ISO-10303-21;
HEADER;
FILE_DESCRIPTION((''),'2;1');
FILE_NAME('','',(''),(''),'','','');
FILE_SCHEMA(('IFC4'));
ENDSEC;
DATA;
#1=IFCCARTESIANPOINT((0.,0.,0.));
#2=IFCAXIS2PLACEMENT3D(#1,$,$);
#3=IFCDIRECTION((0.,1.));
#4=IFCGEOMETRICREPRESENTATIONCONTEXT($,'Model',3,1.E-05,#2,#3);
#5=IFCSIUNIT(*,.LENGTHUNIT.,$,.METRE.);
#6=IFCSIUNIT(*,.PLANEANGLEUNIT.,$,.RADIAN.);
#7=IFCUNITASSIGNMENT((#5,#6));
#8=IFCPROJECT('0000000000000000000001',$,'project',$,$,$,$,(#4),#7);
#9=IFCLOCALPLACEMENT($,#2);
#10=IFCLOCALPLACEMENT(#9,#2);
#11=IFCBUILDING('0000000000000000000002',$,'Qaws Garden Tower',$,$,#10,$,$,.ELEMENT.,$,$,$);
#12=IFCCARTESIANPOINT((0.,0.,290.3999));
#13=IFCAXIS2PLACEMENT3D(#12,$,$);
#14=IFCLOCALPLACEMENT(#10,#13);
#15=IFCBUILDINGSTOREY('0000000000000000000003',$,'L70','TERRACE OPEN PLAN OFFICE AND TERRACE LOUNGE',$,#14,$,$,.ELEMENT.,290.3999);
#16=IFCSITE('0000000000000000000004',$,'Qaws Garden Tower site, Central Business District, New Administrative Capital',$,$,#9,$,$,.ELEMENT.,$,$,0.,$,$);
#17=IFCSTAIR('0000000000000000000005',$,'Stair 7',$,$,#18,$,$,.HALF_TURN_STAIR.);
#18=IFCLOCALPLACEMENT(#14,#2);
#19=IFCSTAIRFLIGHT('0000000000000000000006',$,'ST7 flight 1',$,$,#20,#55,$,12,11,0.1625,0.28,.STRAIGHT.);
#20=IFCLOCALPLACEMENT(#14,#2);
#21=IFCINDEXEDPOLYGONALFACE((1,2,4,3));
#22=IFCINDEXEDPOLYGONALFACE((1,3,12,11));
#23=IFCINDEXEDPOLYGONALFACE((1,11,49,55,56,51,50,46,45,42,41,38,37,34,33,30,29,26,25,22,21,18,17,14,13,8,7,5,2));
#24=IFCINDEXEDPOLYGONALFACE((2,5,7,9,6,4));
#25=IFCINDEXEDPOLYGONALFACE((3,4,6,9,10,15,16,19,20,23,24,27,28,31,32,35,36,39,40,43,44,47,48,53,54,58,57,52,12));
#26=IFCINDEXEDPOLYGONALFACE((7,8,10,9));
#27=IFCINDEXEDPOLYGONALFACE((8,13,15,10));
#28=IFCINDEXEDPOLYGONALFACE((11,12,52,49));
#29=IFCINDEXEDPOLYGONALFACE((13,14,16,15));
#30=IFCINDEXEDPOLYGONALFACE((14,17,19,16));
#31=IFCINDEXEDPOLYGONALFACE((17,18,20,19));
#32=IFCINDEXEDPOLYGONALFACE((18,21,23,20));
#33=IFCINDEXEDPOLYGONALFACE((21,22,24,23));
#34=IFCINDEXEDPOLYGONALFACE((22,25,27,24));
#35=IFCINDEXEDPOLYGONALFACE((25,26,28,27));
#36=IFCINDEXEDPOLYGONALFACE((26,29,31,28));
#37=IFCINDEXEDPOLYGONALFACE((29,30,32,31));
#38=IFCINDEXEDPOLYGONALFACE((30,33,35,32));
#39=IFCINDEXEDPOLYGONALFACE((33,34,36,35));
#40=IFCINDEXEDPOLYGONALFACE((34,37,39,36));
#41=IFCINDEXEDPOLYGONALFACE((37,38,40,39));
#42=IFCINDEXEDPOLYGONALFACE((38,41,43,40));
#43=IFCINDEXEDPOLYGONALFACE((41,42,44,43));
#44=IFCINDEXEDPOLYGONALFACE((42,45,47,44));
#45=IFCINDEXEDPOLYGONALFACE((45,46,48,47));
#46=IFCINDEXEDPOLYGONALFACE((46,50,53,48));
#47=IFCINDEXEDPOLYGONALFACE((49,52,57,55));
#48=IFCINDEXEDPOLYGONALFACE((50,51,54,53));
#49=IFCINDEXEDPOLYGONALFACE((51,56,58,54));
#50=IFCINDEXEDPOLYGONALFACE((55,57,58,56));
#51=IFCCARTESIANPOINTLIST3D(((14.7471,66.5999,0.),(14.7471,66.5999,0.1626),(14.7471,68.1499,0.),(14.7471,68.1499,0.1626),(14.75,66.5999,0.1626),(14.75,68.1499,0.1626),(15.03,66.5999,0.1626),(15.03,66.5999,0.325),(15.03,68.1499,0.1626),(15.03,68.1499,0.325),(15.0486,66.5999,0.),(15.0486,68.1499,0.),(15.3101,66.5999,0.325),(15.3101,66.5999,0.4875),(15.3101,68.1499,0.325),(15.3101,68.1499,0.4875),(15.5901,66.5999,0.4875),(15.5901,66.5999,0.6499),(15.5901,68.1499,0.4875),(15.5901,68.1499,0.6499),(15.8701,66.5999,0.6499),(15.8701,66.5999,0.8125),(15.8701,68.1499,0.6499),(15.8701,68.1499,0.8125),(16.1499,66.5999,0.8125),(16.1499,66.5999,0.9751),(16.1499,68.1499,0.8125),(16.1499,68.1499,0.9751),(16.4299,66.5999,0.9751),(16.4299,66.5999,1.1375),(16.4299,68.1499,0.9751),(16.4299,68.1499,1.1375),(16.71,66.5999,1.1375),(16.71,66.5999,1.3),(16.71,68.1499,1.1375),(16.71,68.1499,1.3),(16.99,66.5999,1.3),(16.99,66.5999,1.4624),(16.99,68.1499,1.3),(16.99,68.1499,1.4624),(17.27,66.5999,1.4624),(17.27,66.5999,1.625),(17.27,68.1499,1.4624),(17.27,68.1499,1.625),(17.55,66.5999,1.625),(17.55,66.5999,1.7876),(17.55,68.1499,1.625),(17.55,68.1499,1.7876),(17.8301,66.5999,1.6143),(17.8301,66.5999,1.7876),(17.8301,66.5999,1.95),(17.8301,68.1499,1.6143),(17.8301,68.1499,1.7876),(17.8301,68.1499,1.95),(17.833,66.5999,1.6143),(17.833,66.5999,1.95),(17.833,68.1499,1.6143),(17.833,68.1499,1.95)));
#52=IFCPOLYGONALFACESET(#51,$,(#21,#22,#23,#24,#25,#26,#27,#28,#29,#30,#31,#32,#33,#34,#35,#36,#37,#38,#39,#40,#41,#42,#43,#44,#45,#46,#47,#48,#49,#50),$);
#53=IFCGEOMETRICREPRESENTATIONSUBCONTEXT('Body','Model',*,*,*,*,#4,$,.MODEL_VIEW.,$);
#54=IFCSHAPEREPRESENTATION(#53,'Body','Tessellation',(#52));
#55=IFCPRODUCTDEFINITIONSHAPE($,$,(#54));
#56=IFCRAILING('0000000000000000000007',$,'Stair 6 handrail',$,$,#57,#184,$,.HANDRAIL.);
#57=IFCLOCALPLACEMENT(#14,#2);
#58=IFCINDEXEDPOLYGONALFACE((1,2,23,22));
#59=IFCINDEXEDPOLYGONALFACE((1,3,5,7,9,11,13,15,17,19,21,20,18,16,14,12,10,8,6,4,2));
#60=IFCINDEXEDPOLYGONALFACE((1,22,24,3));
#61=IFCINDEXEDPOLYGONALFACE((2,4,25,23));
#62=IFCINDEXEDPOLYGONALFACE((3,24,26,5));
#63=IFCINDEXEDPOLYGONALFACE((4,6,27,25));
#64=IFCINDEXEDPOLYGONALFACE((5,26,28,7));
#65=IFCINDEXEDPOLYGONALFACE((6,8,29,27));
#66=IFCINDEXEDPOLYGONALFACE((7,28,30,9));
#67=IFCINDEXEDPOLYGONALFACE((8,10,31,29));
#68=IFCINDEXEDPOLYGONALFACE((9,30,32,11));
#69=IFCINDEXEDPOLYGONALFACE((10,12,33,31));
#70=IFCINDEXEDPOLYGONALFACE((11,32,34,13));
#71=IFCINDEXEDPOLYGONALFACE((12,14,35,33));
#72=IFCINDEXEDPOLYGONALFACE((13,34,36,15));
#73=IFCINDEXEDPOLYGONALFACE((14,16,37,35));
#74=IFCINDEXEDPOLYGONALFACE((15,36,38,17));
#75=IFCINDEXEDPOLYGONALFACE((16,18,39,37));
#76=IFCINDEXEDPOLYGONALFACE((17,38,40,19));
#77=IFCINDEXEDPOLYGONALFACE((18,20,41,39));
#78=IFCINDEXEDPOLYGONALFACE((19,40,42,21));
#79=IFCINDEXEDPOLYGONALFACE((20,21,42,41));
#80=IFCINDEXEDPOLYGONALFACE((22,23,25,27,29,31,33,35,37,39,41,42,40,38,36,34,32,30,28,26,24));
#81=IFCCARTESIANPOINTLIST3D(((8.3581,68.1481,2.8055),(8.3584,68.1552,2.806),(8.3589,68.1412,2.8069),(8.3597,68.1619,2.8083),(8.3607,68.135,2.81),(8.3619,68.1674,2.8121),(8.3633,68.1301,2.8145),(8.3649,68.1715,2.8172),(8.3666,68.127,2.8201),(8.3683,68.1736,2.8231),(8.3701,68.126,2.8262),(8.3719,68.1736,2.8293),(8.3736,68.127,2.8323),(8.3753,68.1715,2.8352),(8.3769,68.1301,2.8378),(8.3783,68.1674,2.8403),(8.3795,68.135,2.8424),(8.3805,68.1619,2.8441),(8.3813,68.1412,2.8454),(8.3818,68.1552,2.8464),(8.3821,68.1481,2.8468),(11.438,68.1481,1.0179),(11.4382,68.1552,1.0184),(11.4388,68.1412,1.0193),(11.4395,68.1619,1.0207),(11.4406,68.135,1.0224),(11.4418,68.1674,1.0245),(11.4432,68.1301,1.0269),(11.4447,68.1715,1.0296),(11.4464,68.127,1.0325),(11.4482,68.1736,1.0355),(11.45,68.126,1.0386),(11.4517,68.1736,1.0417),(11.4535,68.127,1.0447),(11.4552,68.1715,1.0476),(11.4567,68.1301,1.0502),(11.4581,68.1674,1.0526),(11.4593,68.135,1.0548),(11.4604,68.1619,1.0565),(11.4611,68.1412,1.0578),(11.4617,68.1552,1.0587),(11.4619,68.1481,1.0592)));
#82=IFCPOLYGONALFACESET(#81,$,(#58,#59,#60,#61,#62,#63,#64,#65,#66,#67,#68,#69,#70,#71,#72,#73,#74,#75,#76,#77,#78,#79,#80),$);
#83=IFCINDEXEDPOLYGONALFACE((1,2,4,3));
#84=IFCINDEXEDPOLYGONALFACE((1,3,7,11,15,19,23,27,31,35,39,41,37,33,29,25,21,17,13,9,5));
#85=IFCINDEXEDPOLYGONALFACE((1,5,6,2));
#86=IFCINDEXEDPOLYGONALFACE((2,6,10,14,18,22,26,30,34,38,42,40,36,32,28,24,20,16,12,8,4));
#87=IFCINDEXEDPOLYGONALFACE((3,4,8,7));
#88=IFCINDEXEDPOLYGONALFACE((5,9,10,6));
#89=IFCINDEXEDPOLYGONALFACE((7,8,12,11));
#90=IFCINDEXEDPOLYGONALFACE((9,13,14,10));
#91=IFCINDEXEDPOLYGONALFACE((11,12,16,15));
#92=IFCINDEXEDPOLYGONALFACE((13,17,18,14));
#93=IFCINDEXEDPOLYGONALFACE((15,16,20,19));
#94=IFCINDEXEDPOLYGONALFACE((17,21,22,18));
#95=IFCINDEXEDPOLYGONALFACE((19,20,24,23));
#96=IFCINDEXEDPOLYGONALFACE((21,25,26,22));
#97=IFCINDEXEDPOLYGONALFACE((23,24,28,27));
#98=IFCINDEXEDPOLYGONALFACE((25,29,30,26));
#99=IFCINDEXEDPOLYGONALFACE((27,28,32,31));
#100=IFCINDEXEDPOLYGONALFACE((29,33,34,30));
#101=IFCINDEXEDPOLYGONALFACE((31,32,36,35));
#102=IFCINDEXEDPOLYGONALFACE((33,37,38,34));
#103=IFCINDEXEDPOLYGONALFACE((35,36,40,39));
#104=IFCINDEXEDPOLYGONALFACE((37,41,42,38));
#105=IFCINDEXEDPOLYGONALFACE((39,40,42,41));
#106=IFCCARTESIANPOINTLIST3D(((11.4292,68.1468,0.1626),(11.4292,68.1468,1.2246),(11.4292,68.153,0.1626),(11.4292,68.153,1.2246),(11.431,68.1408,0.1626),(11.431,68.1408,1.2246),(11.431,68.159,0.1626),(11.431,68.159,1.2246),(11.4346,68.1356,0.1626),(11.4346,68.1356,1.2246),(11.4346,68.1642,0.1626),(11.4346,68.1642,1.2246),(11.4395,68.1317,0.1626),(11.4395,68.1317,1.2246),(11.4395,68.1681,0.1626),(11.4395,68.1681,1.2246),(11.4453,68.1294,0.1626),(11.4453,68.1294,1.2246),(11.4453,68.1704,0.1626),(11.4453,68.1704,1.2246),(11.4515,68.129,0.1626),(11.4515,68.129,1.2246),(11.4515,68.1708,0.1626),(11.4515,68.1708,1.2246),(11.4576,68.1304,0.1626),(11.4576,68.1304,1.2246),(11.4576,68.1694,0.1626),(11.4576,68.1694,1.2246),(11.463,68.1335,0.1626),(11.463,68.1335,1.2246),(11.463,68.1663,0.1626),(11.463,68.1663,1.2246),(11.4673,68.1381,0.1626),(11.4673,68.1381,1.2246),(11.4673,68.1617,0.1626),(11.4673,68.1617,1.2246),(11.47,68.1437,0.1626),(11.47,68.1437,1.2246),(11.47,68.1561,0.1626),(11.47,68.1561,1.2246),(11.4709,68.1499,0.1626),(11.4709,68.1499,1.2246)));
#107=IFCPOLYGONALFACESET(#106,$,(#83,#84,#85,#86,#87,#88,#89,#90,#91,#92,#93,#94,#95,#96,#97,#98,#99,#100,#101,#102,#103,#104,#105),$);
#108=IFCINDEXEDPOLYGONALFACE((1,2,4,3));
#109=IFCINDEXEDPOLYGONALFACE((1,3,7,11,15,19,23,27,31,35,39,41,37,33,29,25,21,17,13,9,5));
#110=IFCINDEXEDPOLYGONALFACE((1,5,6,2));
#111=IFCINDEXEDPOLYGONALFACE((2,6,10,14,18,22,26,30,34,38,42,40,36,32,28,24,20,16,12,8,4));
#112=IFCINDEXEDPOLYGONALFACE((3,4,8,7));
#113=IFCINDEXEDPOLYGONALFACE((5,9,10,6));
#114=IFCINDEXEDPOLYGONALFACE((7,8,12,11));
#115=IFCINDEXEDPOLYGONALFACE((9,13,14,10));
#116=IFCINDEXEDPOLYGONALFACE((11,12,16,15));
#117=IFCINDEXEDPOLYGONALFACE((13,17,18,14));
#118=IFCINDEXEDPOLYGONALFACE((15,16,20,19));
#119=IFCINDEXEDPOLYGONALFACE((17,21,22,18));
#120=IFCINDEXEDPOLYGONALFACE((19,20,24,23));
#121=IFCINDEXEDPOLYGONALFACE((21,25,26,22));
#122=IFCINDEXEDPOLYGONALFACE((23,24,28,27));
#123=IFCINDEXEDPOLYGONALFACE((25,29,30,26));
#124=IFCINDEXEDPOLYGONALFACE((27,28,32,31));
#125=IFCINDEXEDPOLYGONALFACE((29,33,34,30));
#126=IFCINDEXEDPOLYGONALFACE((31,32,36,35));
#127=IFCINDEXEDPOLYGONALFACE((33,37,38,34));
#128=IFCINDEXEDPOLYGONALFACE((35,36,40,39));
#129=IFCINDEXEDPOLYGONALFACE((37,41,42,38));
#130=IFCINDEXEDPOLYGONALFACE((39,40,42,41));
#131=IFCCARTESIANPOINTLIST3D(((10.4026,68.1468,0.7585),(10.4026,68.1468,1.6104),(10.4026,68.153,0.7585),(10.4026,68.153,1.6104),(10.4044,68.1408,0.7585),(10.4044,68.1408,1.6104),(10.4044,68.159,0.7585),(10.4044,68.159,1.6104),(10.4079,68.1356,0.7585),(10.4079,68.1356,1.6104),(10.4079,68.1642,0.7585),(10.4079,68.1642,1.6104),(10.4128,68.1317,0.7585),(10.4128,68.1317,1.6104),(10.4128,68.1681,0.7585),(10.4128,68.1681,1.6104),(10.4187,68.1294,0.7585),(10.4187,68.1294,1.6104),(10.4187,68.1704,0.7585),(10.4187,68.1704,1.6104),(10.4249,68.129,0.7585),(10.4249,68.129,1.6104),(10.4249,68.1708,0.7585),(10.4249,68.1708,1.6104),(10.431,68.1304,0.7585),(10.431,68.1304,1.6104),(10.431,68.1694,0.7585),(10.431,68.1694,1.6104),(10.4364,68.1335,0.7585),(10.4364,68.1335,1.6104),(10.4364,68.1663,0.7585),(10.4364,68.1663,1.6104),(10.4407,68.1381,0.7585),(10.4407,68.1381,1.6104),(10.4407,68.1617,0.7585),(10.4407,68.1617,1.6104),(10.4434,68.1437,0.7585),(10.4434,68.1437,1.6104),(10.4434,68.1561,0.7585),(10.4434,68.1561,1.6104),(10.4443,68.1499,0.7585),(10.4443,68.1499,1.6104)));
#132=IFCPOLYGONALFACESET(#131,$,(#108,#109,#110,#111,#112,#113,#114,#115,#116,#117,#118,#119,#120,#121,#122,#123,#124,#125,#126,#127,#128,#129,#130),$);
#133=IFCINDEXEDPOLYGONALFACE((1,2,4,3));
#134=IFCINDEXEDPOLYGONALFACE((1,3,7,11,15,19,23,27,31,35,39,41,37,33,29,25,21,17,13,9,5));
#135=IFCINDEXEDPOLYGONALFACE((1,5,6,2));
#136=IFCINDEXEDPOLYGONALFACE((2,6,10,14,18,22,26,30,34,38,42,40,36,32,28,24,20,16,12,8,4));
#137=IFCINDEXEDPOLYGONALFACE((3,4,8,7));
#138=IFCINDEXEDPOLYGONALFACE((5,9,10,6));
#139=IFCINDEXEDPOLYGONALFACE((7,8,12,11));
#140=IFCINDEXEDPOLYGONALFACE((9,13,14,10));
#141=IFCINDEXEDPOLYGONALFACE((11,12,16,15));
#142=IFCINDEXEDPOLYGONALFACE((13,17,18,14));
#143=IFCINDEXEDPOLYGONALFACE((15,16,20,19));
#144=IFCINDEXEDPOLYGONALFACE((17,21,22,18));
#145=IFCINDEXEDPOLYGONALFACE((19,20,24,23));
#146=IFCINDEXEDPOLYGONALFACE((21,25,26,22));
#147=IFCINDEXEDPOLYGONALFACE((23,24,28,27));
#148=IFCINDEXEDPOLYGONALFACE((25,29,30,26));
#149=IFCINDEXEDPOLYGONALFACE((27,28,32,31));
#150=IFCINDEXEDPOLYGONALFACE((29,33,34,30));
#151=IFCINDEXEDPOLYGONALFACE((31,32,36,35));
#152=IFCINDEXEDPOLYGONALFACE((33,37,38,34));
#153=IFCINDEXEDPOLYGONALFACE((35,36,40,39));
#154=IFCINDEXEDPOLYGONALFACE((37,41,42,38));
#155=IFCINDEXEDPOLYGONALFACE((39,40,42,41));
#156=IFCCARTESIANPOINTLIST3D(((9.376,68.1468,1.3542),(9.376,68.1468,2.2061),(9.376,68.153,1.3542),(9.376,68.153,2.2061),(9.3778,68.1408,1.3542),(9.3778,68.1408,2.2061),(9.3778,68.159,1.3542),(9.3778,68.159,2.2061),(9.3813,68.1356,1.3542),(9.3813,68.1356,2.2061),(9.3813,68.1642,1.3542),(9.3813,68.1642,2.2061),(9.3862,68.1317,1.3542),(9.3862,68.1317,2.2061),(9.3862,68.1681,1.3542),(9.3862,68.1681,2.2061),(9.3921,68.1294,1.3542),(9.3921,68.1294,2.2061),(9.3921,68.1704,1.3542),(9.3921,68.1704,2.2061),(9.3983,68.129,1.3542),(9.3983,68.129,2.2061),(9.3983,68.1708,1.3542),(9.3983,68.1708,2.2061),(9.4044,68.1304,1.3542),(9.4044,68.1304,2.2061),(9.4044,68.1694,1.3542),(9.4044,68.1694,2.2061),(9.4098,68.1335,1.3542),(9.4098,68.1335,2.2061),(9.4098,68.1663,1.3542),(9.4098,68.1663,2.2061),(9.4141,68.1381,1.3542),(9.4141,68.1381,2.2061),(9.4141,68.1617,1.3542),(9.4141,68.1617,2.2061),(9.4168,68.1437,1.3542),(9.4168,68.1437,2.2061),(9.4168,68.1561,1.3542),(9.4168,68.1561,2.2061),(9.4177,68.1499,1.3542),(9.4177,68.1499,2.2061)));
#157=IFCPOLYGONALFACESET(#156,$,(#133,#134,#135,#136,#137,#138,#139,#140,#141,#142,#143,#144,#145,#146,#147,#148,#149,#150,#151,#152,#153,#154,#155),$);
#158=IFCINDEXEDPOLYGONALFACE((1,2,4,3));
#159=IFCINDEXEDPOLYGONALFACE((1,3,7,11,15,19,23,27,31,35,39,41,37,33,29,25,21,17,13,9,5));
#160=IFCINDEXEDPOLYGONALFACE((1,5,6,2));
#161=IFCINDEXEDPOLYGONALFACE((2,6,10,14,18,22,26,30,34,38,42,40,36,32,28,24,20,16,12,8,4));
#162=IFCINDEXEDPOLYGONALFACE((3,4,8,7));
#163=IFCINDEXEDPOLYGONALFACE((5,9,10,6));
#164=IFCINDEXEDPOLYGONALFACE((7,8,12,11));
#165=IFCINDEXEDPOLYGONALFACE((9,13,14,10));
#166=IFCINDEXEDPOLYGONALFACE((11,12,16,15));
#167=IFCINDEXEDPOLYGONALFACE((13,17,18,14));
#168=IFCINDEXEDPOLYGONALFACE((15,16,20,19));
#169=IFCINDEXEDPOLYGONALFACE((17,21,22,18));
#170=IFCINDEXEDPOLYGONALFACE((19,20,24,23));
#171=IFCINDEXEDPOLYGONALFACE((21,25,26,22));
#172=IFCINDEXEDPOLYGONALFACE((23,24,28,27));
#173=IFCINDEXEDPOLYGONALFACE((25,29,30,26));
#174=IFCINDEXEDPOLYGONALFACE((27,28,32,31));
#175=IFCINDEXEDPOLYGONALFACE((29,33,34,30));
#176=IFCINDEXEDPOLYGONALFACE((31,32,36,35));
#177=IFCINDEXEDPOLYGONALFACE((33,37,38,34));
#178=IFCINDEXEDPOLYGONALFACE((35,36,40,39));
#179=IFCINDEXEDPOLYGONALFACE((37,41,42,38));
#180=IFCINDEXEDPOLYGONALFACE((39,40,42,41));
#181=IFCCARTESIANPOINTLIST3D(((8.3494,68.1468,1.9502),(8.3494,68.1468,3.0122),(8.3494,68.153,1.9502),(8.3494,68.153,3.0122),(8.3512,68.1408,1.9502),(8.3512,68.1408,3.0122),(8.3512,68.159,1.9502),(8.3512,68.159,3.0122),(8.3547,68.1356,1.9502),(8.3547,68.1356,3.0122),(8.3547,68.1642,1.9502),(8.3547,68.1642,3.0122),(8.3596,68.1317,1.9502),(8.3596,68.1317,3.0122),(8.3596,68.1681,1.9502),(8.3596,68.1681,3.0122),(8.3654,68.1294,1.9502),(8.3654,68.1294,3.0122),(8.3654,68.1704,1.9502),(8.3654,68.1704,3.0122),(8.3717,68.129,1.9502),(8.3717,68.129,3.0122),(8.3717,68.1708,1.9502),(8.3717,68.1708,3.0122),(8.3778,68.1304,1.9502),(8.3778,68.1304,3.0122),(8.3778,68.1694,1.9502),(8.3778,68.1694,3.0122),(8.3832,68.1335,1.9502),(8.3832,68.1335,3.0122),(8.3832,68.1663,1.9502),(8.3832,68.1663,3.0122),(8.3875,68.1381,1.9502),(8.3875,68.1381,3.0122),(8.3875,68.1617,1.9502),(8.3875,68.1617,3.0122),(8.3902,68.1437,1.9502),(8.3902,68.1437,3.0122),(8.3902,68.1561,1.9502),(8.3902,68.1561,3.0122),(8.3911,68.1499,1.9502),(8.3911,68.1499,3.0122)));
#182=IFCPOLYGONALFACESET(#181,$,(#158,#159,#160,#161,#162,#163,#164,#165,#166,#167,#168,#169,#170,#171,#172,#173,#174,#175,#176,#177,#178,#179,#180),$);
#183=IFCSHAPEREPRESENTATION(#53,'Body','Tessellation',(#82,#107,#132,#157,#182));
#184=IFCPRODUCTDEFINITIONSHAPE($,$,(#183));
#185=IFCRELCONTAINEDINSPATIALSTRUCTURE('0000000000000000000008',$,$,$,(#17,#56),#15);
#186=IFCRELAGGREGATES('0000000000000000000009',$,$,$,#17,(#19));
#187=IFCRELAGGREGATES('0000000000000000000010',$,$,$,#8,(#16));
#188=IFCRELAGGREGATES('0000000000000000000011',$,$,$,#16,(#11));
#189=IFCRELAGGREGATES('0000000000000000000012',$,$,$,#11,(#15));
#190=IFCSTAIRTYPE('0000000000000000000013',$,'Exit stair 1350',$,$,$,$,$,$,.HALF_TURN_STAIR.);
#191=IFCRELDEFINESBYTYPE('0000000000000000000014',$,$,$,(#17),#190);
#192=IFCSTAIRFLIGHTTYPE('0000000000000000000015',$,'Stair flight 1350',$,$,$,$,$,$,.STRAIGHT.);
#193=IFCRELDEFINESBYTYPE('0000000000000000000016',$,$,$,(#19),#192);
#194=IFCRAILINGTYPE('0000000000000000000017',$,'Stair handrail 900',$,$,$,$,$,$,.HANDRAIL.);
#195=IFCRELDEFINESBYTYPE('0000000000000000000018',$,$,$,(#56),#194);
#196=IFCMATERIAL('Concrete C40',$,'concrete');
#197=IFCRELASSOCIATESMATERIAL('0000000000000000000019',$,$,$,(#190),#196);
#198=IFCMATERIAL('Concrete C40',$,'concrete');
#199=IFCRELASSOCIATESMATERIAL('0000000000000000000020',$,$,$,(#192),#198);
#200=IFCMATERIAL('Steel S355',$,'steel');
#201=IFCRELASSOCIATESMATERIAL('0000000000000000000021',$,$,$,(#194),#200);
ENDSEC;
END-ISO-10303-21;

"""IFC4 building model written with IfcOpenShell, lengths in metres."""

from ifc_helpers import new_model, si_unit, direction, frame, origin, origin_2d, place, context, subcontext, project, spatial, polyline, circle, outline, extrude, material, type_object, element, aggregate, save


model = new_model("IFC4")

# Units and contexts
model_context = context("Model", 3, precision=1e-05, world=origin(), true_north=direction((0.0, 1.0)))
body_context = subcontext(model_context, "Body", "Model", "MODEL_VIEW")
ifc_project = project(units=[si_unit("LENGTHUNIT", "METRE"), si_unit("PLANEANGLEUNIT", "RADIAN")], contexts=[model_context])

# Site, building, storey
site_placement = place(None, origin())
site = spatial("IfcSite", under=ifc_project, at=site_placement, Name="Qaws Garden Tower site, Central Business District, New Administrative Capital", CompositionType="ELEMENT", RefElevation=0.0)
building_placement = place(site_placement, origin())
building = spatial("IfcBuilding", under=site, at=building_placement, Name="Qaws Garden Tower", CompositionType="ELEMENT")
storey_placement = place(building_placement, frame((0.0, 0.0, 290.3999)))
storey = spatial("IfcBuildingStorey", under=building, at=storey_placement, Name="L70", Description="TERRACE OPEN PLAN OFFICE AND TERRACE LOUNGE", CompositionType="ELEMENT", Elevation=290.3999)

# Shared definitions
ifc_material_1 = material(Name="Concrete C40", Category="concrete")
stair_type = type_object("IfcStairType", Name="Exit stair 1350", PredefinedType="HALF_TURN_STAIR", material=ifc_material_1)
placement = place(storey_placement, origin())
ifc_material_2 = material(Name="Concrete C40", Category="concrete")
stair_flight_type = type_object("IfcStairFlightType", Name="Stair flight 1350", PredefinedType="STRAIGHT", material=ifc_material_2)

# Stair, stair flight
stair_1 = element("IfcStair", 1, at=placement, inside=storey, type_object=stair_type, Name="Stair 7", PredefinedType="HALF_TURN_STAIR")
stair_flight_1_placement = place(storey_placement, frame((14.75, 67.375, 0.0), z_axis=(0.0, 0.0, 1.0), x_axis=(1.0, 0.0, 0.0)))
stair_flight_1 = element("IfcStairFlight", 2, at=stair_flight_1_placement, type_object=stair_flight_type, Name="ST7 flight 1", NumberOfRisers=12, NumberOfTreads=11, PredefinedType="STRAIGHT", RiserHeight=0.1625, TreadLength=0.28, context=body_context, shape_type="SweptSolid", body=[
    extrude(outline(polyline([(-0.0029, 0.0), (-0.0029, 0.1626), (0.0, 0.1626), (0.28, 0.1626), (0.28, 0.325), (0.5601, 0.325), (0.5601, 0.4875), (0.8401, 0.4875), (0.8401, 0.6499), (1.1201, 0.6499), (1.1201, 0.8125), (1.3999, 0.8125), (1.3999, 0.9751), (1.6799, 0.9751), (1.6799, 1.1375), (1.96, 1.1375), (1.96, 1.3), (2.24, 1.3), (2.24, 1.4624), (2.52, 1.4624), (2.52, 1.625), (2.8, 1.625), (2.8, 1.7876), (3.0801, 1.7876), (3.0801, 1.95), (3.083, 1.95), (3.083, 1.6143), (3.0801, 1.6143), (0.2986, 0.0), (-0.0029, 0.0)])), frame((0.0, 0.7749, 0.0), z_axis=(0.0, -1.0, 0.0), x_axis=(1.0, 0.0, 0.0)), (0.0, 0.0, 1.0), 1.55),
])
aggregate(stair_1, [stair_flight_1])

# Railing
ifc_material_3 = material(Name="Steel S355", Category="steel")
railing_type = type_object("IfcRailingType", Name="Stair handrail 900", PredefinedType="HANDRAIL", material=ifc_material_3)
railing_1_placement = place(storey_placement, frame((11.45, 68.1499, 0.1626)))
element("IfcRailing", 3, at=railing_1_placement, inside=storey, type_object=railing_type, Name="Stair 6 handrail", PredefinedType="HANDRAIL", context=body_context, shape_type="SweptSolid", body=[
    extrude(circle(Radius=0.0239, at=origin_2d()), frame((0.0, 0.0, 0.876), z_axis=(-0.864873, 0.0, 0.50199), x_axis=(0.0, -1.0, 0.0)), (0.0, 0.0, 1.0), 3.561),
    extrude(circle(Radius=0.021, at=origin_2d()), origin(), (0.0, 0.0, 1.0), 1.062),
    extrude(circle(Radius=0.021, at=origin_2d()), frame((-1.0266, 0.0, 0.5959)), (0.0, 0.0, 1.0), 0.8518),
    extrude(circle(Radius=0.021, at=origin_2d()), frame((-2.0532, 0.0, 1.1917)), (0.0, 0.0, 1.0), 0.8518),
    extrude(circle(Radius=0.021, at=origin_2d()), frame((-3.0798, 0.0, 1.7876)), (0.0, 0.0, 1.0), 1.062),
])

save(model, "model.ifc")
